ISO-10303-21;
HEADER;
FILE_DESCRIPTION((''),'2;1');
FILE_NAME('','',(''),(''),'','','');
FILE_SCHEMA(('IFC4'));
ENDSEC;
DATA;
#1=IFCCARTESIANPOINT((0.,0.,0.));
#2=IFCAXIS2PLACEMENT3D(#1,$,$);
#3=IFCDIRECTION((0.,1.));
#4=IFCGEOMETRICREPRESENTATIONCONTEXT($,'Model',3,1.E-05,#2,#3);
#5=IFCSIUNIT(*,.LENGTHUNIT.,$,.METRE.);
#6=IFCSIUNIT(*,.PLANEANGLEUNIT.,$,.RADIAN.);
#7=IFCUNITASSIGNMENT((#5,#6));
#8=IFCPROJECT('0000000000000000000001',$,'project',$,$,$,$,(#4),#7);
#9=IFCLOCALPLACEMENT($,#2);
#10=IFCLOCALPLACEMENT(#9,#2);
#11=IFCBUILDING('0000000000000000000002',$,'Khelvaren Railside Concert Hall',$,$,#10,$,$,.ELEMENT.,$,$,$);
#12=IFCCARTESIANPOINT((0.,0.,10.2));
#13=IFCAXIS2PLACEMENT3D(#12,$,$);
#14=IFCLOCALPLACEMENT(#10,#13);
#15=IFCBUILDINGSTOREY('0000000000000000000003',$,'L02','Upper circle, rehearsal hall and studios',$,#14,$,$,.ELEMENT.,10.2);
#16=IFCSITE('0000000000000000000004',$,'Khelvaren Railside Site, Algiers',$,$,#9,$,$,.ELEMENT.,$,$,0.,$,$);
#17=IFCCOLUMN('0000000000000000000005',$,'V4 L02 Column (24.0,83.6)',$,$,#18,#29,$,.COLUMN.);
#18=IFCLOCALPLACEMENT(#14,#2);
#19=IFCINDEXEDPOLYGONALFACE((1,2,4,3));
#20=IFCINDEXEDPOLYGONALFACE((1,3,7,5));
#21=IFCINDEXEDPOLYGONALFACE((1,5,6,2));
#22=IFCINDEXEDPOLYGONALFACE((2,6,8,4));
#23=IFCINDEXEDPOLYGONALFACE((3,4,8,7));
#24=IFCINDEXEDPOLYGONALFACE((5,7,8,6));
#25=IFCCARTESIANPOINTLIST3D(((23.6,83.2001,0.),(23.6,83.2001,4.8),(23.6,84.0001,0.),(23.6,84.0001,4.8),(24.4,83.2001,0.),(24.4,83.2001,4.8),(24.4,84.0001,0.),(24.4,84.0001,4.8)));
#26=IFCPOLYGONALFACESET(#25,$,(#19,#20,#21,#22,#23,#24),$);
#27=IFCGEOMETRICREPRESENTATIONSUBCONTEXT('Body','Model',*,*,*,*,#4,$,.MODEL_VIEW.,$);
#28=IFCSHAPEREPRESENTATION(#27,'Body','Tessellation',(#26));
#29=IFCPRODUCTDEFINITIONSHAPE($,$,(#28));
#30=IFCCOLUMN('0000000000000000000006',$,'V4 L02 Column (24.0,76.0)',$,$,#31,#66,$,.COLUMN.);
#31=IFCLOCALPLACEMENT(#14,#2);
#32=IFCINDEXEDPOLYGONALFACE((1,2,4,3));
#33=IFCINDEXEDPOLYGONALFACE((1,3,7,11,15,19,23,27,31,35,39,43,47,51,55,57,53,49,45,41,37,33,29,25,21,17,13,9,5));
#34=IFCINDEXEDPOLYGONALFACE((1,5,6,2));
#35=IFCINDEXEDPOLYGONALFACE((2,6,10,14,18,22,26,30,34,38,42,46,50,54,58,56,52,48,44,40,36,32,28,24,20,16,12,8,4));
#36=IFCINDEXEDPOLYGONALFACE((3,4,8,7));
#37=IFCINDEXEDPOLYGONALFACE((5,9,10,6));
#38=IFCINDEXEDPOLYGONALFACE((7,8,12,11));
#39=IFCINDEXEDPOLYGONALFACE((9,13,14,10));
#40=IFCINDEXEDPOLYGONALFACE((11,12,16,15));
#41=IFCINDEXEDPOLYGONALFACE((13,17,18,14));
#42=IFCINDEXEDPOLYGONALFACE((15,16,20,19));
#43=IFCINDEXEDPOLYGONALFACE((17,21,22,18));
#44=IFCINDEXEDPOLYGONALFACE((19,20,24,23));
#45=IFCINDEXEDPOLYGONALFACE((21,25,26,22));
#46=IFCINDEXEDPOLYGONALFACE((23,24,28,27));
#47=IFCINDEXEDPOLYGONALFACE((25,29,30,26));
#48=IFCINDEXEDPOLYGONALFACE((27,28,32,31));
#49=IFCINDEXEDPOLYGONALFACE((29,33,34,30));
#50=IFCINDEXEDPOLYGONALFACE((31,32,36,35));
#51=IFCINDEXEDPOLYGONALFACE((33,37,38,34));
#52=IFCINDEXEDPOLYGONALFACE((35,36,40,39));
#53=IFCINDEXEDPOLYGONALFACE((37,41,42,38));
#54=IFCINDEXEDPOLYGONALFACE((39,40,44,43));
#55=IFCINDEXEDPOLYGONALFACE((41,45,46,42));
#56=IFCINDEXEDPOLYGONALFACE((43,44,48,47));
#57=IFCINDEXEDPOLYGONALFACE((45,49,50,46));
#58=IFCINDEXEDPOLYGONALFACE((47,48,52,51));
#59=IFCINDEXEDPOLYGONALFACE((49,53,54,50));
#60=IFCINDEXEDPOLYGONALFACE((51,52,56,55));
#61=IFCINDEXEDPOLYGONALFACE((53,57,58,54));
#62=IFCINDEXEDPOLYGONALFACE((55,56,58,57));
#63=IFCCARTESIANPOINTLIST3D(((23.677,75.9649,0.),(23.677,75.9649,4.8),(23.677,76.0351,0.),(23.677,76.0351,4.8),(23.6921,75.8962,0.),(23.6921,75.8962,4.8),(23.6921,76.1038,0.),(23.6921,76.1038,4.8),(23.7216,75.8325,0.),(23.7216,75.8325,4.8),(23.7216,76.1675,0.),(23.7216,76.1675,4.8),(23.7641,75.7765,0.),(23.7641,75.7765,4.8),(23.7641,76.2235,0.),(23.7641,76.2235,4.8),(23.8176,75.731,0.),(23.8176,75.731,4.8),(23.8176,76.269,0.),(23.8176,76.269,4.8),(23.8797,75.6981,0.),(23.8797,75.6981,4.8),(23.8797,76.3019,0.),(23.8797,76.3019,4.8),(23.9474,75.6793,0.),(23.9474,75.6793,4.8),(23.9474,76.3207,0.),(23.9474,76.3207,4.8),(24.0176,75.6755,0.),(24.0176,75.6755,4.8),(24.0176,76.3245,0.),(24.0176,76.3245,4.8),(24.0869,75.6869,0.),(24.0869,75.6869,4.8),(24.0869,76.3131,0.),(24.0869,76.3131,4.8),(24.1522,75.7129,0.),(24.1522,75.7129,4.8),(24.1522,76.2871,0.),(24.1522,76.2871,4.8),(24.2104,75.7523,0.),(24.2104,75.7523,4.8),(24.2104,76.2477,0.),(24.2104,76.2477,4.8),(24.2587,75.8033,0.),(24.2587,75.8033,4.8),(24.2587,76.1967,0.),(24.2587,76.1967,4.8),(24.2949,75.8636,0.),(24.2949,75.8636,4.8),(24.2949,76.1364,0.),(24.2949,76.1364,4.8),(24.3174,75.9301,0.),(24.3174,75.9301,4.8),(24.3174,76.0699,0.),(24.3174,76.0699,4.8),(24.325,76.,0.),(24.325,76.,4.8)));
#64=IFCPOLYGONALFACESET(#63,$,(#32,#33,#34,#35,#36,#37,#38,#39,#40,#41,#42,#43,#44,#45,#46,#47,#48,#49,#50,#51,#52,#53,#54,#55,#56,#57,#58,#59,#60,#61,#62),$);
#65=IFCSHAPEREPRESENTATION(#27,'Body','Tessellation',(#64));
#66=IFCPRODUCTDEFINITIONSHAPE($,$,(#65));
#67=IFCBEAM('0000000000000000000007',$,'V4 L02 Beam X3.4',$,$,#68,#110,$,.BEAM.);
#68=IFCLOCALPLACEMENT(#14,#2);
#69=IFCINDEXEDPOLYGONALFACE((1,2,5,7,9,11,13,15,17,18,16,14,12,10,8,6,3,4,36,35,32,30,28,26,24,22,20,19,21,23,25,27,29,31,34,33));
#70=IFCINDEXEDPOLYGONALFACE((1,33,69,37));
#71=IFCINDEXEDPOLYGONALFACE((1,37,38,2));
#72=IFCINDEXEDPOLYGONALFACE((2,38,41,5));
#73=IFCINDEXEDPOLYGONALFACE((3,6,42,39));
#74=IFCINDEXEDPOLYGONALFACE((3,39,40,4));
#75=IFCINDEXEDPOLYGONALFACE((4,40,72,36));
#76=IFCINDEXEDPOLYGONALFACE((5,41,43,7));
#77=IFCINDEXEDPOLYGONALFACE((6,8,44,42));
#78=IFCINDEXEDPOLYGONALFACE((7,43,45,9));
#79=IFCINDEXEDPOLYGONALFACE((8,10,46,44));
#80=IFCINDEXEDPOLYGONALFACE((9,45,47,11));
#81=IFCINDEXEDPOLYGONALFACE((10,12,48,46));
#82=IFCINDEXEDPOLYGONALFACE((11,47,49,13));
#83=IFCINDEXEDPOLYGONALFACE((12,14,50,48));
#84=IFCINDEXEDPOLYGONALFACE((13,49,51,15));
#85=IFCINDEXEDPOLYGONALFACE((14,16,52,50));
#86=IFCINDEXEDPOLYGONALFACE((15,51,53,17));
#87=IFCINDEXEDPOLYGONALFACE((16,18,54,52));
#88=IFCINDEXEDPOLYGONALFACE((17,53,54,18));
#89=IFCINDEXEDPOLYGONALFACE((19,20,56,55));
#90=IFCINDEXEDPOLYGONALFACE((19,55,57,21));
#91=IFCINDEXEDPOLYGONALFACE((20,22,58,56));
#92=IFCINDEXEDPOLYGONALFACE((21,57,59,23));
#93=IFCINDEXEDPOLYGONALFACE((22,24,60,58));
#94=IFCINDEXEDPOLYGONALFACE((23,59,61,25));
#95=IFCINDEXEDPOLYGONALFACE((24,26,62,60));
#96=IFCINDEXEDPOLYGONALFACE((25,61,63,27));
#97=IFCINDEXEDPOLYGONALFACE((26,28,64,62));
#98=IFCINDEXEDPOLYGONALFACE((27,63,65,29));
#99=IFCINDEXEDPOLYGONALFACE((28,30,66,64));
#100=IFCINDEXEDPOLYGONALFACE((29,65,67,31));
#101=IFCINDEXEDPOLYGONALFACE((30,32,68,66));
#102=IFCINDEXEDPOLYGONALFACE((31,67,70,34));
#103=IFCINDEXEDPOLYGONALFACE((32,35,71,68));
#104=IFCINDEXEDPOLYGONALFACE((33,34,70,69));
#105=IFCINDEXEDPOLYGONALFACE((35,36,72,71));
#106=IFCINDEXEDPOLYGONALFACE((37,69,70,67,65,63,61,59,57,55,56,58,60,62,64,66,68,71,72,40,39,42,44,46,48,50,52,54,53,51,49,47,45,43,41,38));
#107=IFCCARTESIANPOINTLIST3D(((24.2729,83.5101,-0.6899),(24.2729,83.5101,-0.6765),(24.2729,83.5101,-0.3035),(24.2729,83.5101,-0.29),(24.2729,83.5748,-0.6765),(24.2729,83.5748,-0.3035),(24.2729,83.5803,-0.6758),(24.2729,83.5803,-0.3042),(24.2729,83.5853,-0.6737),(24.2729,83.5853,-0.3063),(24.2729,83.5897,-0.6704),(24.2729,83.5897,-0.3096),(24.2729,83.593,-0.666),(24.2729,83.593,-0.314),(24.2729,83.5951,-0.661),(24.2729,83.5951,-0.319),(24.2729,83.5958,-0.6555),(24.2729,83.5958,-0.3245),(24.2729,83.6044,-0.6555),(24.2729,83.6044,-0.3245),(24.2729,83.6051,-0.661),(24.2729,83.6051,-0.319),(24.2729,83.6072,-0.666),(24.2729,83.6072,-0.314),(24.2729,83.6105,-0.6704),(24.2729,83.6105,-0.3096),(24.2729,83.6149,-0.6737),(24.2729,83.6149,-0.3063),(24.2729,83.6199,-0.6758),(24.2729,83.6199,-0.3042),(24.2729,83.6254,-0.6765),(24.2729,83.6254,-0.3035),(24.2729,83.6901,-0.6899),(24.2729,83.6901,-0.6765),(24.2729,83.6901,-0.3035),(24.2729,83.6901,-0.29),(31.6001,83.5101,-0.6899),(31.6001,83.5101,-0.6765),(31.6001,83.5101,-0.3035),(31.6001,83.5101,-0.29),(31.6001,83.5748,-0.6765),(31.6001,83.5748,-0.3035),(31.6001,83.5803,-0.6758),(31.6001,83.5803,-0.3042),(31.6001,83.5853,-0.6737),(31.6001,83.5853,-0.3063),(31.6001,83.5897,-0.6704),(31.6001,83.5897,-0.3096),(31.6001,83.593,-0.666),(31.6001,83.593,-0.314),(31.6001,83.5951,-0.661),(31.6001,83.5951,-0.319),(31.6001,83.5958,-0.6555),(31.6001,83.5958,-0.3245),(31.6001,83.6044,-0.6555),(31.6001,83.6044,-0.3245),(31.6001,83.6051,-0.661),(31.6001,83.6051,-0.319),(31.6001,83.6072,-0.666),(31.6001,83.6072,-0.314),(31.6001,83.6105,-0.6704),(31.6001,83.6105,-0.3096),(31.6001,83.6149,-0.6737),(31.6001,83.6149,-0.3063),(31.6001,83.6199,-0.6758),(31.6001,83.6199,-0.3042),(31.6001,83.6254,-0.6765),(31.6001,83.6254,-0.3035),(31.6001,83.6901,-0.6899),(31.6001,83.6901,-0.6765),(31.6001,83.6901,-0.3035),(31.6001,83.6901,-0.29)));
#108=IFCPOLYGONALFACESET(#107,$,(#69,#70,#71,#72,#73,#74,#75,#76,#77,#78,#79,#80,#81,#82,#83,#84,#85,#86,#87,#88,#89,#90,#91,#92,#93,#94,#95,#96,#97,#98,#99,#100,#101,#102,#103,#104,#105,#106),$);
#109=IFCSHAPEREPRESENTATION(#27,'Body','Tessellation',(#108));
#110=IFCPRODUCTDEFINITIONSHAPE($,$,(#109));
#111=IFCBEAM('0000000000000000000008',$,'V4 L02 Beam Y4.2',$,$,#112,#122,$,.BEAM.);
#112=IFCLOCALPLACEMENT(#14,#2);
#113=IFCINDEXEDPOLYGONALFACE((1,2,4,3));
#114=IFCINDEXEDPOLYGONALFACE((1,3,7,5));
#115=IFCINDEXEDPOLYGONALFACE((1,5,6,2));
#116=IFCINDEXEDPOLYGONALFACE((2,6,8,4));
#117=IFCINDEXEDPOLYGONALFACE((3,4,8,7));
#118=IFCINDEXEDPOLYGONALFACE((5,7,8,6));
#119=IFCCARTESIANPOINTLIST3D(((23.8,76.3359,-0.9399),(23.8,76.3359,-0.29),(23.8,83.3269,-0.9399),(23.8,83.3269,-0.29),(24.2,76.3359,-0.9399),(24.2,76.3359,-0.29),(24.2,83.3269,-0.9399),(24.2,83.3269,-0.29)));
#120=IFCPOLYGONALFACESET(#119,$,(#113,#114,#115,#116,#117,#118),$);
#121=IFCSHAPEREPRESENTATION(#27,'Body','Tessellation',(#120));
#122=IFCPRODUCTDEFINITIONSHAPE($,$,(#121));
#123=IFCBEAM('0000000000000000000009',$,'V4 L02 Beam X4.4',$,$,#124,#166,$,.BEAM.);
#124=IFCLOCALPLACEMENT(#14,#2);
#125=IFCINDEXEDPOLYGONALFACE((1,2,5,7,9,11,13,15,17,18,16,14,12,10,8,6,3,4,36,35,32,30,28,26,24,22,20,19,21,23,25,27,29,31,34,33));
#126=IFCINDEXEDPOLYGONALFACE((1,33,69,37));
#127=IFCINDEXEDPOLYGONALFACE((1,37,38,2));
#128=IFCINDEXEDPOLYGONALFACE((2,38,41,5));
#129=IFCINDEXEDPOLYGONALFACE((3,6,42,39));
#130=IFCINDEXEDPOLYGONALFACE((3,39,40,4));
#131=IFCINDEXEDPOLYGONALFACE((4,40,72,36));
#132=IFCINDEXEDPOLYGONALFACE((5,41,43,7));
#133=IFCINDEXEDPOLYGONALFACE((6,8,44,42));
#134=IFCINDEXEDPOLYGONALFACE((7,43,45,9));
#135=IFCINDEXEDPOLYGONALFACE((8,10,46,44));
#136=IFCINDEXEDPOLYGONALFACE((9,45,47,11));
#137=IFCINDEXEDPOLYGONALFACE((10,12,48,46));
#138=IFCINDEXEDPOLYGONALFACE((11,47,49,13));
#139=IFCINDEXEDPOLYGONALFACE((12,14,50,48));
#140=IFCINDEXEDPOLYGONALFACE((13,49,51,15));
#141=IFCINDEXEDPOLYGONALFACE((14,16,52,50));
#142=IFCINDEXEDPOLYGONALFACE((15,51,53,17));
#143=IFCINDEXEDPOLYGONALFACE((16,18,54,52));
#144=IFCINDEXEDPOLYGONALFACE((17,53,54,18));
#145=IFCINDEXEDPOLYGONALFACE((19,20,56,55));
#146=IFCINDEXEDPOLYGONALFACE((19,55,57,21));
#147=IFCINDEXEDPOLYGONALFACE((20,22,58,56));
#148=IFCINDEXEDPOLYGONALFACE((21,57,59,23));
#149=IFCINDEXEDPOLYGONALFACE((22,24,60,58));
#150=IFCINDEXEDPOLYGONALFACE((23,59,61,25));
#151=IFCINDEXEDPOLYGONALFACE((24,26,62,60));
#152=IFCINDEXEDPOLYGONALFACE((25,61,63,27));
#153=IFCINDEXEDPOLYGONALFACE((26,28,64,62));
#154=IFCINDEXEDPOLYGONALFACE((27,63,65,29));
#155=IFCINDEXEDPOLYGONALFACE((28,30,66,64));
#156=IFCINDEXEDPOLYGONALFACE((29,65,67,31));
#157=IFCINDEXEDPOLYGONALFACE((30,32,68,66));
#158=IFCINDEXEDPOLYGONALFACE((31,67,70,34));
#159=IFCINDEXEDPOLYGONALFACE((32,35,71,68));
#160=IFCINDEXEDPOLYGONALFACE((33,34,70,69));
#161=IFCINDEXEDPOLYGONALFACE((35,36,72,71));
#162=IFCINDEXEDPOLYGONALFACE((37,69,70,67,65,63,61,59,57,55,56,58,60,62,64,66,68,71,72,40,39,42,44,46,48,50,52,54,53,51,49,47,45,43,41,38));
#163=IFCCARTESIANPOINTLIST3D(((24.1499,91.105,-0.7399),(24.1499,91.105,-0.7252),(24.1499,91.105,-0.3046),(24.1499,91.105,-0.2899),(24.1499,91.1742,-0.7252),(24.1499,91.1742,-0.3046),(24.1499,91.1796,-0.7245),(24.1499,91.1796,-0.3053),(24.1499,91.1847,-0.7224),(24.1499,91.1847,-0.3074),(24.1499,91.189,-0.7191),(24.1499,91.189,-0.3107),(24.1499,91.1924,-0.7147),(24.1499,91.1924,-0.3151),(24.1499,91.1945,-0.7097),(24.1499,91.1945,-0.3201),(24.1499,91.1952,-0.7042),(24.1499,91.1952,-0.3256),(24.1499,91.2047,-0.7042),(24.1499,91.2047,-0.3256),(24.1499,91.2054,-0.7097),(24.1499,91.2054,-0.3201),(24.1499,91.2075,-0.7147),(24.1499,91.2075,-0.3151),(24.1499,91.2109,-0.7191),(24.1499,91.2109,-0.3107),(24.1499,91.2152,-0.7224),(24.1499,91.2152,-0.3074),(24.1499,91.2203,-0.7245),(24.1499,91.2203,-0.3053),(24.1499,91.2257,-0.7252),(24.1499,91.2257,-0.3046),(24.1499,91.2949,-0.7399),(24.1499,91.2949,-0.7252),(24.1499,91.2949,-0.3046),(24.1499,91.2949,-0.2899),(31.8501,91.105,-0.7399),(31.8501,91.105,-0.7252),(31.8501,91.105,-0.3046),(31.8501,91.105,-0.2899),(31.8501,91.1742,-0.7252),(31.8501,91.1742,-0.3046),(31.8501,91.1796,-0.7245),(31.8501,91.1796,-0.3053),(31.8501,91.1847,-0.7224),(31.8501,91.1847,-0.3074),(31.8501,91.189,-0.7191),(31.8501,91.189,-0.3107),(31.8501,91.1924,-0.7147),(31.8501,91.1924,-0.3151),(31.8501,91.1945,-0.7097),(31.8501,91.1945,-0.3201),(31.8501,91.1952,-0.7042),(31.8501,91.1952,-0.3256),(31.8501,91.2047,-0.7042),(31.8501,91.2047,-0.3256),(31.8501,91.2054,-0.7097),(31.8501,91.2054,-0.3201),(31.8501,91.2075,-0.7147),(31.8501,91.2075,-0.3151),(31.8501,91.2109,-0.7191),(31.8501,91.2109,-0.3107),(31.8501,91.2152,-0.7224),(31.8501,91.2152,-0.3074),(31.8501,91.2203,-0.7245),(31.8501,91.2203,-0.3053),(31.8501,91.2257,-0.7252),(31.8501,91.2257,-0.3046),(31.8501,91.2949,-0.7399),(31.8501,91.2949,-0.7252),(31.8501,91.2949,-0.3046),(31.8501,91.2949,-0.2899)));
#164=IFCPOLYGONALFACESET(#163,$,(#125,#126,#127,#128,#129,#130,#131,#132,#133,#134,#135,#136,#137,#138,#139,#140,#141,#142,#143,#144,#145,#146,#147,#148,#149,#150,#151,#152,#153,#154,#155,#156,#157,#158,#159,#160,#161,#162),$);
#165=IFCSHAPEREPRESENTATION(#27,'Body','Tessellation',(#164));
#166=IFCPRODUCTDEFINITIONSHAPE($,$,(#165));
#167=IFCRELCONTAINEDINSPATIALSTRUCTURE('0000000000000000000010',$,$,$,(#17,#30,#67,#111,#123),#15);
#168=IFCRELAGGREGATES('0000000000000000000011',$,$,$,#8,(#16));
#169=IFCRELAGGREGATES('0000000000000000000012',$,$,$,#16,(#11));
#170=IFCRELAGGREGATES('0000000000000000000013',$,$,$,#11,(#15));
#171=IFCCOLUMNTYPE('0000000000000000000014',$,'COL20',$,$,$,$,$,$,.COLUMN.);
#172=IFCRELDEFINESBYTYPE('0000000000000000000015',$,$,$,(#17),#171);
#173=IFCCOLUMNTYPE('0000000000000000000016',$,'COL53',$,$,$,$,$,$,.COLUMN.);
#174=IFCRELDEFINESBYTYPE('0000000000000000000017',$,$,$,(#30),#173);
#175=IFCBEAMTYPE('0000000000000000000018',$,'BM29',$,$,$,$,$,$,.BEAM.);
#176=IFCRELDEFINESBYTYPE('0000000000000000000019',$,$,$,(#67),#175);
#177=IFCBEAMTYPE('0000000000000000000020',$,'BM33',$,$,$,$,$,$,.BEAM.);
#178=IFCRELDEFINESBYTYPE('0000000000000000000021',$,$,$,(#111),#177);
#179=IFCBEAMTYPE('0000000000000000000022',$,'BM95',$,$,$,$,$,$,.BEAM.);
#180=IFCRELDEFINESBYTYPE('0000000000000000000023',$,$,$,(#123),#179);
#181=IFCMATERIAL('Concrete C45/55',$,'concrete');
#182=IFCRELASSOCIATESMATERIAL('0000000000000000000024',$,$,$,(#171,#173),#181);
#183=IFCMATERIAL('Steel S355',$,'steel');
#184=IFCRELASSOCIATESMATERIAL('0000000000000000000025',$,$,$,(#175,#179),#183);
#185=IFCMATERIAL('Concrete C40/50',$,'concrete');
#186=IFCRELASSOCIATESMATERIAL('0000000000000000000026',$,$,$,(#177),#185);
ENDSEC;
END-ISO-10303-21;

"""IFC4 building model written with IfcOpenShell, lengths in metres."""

from ifc_helpers import new_model, si_unit, direction, frame, origin, origin_2d, place, context, subcontext, project, spatial, rectangle, circle, i_section, extrude, material, material_profile, profile_set, type_object, element, save


model = new_model("IFC4")

# Units and contexts
model_context = context("Model", 3, precision=1e-05, world=origin(), true_north=direction((0.0, 1.0)))
body_context = subcontext(model_context, "Body", "Model", "MODEL_VIEW")
ifc_project = project(units=[si_unit("LENGTHUNIT", "METRE"), si_unit("PLANEANGLEUNIT", "RADIAN")], contexts=[model_context])

# Site, building, storey
site_placement = place(None, origin())
site = spatial("IfcSite", under=ifc_project, at=site_placement, Name="Khelvaren Railside Site, Algiers", CompositionType="ELEMENT", RefElevation=0.0)
building_placement = place(site_placement, origin())
building = spatial("IfcBuilding", under=site, at=building_placement, Name="Khelvaren Railside Concert Hall", CompositionType="ELEMENT")
storey_placement = place(building_placement, frame((0.0, 0.0, 10.2)))
storey = spatial("IfcBuildingStorey", under=building, at=storey_placement, Name="L02", Description="Upper circle, rehearsal hall and studios", CompositionType="ELEMENT", Elevation=10.2)

# Columns
ifc_material_1 = material(Name="Concrete C45/55", Category="concrete")
ifc_material_profile_1 = material_profile(ifc_material_1, rectangle(XDim=0.8, YDim=0.8, at=origin_2d()), Name="RC 800x800")
ifc_profile_set_1 = profile_set([ifc_material_profile_1], Name="Concrete C45/55")
column_type_1 = type_object("IfcColumnType", Name="COL20", PredefinedType="COLUMN", material=ifc_profile_set_1)
column_1_placement = place(storey_placement, frame((24.0, 83.6001, 0.0), z_axis=(0.0, 0.0, 1.0), x_axis=(1.0, 0.0, 0.0)))
element("IfcColumn", 1, at=column_1_placement, inside=storey, type_object=column_type_1, Name="V4 L02 Column (24.0,83.6)", PredefinedType="COLUMN", context=body_context, shape_type="SweptSolid", body=[
    extrude(rectangle(XDim=0.8, YDim=0.8, at=origin_2d()), origin(), (0.0, 0.0, 1.0), 4.8),
])
ifc_material_profile_2 = material_profile(ifc_material_1, circle(Radius=0.325, at=origin_2d()), Name="RC D650")
ifc_profile_set_2 = profile_set([ifc_material_profile_2], Name="Concrete C45/55")
column_type_2 = type_object("IfcColumnType", Name="COL53", PredefinedType="COLUMN", material=ifc_profile_set_2)
column_2_placement = place(storey_placement, frame((24.0, 76.0, 0.0), z_axis=(0.0, 0.0, 1.0), x_axis=(1.0, 0.0, 0.0)))
element("IfcColumn", 2, at=column_2_placement, inside=storey, type_object=column_type_2, Name="V4 L02 Column (24.0,76.0)", PredefinedType="COLUMN", context=body_context, shape_type="SweptSolid", body=[
    extrude(circle(Radius=0.325, at=origin_2d()), origin(), (0.0, 0.0, 1.0), 4.8),
])

# Beams
ifc_material_2 = material(Name="Steel S355", Category="steel")
ifc_material_profile_3 = material_profile(ifc_material_2, i_section(OverallWidth=0.1799, OverallDepth=0.3999, WebThickness=0.0085, FlangeThickness=0.0134, FilletRadius=0.021, at=origin_2d()), Name="IPE 400")
ifc_profile_set_3 = profile_set([ifc_material_profile_3], Name="Steel S355")
beam_type_1 = type_object("IfcBeamType", Name="BM29", PredefinedType="BEAM", material=ifc_profile_set_3)
beam_1_placement = place(storey_placement, frame((24.2729, 83.6001, -0.49), z_axis=(1.0, 0.0, 0.0), x_axis=(0.0, 1.0, 0.0)))
element("IfcBeam", 3, at=beam_1_placement, inside=storey, type_object=beam_type_1, Name="V4 L02 Beam X3.4", PredefinedType="BEAM", context=body_context, shape_type="SweptSolid", body=[
    extrude(i_section(OverallWidth=0.1799, OverallDepth=0.3999, WebThickness=0.0085, FlangeThickness=0.0134, FilletRadius=0.021, at=origin_2d()), origin(), (0.0, 0.0, 1.0), 7.3271),
])
ifc_material_3 = material(Name="Concrete C40/50", Category="concrete")
ifc_material_profile_4 = material_profile(ifc_material_3, rectangle(XDim=0.3999, YDim=0.6499, at=origin_2d()), Name="RCB 400x650")
ifc_profile_set_4 = profile_set([ifc_material_profile_4], Name="Concrete C40/50")
beam_type_2 = type_object("IfcBeamType", Name="BM33", PredefinedType="BEAM", material=ifc_profile_set_4)
beam_2_placement = place(storey_placement, frame((24.0, 76.3359, -0.615), z_axis=(0.0, 1.0, 0.0), x_axis=(-1.0, 0.0, 0.0)))
element("IfcBeam", 4, at=beam_2_placement, inside=storey, type_object=beam_type_2, Name="V4 L02 Beam Y4.2", PredefinedType="BEAM", context=body_context, shape_type="SweptSolid", body=[
    extrude(rectangle(XDim=0.3999, YDim=0.6499, at=origin_2d()), origin(), (0.0, 0.0, 1.0), 6.991),
])
ifc_material_profile_5 = material_profile(ifc_material_2, i_section(OverallWidth=0.1899, OverallDepth=0.45, WebThickness=0.0095, FlangeThickness=0.0146, FilletRadius=0.021, at=origin_2d()), Name="IPE 450")
ifc_profile_set_5 = profile_set([ifc_material_profile_5], Name="Steel S355")
beam_type_3 = type_object("IfcBeamType", Name="BM95", PredefinedType="BEAM", material=ifc_profile_set_5)
beam_3_placement = place(storey_placement, frame((24.1499, 91.2, -0.5149), z_axis=(1.0, 0.0, 0.0), x_axis=(0.0, 1.0, 0.0)))
element("IfcBeam", 5, at=beam_3_placement, inside=storey, type_object=beam_type_3, Name="V4 L02 Beam X4.4", PredefinedType="BEAM", context=body_context, shape_type="SweptSolid", body=[
    extrude(i_section(OverallWidth=0.1899, OverallDepth=0.45, WebThickness=0.0095, FlangeThickness=0.0146, FilletRadius=0.021, at=origin_2d()), origin(), (0.0, 0.0, 1.0), 7.7002),
])

save(model, "model.ifc")
